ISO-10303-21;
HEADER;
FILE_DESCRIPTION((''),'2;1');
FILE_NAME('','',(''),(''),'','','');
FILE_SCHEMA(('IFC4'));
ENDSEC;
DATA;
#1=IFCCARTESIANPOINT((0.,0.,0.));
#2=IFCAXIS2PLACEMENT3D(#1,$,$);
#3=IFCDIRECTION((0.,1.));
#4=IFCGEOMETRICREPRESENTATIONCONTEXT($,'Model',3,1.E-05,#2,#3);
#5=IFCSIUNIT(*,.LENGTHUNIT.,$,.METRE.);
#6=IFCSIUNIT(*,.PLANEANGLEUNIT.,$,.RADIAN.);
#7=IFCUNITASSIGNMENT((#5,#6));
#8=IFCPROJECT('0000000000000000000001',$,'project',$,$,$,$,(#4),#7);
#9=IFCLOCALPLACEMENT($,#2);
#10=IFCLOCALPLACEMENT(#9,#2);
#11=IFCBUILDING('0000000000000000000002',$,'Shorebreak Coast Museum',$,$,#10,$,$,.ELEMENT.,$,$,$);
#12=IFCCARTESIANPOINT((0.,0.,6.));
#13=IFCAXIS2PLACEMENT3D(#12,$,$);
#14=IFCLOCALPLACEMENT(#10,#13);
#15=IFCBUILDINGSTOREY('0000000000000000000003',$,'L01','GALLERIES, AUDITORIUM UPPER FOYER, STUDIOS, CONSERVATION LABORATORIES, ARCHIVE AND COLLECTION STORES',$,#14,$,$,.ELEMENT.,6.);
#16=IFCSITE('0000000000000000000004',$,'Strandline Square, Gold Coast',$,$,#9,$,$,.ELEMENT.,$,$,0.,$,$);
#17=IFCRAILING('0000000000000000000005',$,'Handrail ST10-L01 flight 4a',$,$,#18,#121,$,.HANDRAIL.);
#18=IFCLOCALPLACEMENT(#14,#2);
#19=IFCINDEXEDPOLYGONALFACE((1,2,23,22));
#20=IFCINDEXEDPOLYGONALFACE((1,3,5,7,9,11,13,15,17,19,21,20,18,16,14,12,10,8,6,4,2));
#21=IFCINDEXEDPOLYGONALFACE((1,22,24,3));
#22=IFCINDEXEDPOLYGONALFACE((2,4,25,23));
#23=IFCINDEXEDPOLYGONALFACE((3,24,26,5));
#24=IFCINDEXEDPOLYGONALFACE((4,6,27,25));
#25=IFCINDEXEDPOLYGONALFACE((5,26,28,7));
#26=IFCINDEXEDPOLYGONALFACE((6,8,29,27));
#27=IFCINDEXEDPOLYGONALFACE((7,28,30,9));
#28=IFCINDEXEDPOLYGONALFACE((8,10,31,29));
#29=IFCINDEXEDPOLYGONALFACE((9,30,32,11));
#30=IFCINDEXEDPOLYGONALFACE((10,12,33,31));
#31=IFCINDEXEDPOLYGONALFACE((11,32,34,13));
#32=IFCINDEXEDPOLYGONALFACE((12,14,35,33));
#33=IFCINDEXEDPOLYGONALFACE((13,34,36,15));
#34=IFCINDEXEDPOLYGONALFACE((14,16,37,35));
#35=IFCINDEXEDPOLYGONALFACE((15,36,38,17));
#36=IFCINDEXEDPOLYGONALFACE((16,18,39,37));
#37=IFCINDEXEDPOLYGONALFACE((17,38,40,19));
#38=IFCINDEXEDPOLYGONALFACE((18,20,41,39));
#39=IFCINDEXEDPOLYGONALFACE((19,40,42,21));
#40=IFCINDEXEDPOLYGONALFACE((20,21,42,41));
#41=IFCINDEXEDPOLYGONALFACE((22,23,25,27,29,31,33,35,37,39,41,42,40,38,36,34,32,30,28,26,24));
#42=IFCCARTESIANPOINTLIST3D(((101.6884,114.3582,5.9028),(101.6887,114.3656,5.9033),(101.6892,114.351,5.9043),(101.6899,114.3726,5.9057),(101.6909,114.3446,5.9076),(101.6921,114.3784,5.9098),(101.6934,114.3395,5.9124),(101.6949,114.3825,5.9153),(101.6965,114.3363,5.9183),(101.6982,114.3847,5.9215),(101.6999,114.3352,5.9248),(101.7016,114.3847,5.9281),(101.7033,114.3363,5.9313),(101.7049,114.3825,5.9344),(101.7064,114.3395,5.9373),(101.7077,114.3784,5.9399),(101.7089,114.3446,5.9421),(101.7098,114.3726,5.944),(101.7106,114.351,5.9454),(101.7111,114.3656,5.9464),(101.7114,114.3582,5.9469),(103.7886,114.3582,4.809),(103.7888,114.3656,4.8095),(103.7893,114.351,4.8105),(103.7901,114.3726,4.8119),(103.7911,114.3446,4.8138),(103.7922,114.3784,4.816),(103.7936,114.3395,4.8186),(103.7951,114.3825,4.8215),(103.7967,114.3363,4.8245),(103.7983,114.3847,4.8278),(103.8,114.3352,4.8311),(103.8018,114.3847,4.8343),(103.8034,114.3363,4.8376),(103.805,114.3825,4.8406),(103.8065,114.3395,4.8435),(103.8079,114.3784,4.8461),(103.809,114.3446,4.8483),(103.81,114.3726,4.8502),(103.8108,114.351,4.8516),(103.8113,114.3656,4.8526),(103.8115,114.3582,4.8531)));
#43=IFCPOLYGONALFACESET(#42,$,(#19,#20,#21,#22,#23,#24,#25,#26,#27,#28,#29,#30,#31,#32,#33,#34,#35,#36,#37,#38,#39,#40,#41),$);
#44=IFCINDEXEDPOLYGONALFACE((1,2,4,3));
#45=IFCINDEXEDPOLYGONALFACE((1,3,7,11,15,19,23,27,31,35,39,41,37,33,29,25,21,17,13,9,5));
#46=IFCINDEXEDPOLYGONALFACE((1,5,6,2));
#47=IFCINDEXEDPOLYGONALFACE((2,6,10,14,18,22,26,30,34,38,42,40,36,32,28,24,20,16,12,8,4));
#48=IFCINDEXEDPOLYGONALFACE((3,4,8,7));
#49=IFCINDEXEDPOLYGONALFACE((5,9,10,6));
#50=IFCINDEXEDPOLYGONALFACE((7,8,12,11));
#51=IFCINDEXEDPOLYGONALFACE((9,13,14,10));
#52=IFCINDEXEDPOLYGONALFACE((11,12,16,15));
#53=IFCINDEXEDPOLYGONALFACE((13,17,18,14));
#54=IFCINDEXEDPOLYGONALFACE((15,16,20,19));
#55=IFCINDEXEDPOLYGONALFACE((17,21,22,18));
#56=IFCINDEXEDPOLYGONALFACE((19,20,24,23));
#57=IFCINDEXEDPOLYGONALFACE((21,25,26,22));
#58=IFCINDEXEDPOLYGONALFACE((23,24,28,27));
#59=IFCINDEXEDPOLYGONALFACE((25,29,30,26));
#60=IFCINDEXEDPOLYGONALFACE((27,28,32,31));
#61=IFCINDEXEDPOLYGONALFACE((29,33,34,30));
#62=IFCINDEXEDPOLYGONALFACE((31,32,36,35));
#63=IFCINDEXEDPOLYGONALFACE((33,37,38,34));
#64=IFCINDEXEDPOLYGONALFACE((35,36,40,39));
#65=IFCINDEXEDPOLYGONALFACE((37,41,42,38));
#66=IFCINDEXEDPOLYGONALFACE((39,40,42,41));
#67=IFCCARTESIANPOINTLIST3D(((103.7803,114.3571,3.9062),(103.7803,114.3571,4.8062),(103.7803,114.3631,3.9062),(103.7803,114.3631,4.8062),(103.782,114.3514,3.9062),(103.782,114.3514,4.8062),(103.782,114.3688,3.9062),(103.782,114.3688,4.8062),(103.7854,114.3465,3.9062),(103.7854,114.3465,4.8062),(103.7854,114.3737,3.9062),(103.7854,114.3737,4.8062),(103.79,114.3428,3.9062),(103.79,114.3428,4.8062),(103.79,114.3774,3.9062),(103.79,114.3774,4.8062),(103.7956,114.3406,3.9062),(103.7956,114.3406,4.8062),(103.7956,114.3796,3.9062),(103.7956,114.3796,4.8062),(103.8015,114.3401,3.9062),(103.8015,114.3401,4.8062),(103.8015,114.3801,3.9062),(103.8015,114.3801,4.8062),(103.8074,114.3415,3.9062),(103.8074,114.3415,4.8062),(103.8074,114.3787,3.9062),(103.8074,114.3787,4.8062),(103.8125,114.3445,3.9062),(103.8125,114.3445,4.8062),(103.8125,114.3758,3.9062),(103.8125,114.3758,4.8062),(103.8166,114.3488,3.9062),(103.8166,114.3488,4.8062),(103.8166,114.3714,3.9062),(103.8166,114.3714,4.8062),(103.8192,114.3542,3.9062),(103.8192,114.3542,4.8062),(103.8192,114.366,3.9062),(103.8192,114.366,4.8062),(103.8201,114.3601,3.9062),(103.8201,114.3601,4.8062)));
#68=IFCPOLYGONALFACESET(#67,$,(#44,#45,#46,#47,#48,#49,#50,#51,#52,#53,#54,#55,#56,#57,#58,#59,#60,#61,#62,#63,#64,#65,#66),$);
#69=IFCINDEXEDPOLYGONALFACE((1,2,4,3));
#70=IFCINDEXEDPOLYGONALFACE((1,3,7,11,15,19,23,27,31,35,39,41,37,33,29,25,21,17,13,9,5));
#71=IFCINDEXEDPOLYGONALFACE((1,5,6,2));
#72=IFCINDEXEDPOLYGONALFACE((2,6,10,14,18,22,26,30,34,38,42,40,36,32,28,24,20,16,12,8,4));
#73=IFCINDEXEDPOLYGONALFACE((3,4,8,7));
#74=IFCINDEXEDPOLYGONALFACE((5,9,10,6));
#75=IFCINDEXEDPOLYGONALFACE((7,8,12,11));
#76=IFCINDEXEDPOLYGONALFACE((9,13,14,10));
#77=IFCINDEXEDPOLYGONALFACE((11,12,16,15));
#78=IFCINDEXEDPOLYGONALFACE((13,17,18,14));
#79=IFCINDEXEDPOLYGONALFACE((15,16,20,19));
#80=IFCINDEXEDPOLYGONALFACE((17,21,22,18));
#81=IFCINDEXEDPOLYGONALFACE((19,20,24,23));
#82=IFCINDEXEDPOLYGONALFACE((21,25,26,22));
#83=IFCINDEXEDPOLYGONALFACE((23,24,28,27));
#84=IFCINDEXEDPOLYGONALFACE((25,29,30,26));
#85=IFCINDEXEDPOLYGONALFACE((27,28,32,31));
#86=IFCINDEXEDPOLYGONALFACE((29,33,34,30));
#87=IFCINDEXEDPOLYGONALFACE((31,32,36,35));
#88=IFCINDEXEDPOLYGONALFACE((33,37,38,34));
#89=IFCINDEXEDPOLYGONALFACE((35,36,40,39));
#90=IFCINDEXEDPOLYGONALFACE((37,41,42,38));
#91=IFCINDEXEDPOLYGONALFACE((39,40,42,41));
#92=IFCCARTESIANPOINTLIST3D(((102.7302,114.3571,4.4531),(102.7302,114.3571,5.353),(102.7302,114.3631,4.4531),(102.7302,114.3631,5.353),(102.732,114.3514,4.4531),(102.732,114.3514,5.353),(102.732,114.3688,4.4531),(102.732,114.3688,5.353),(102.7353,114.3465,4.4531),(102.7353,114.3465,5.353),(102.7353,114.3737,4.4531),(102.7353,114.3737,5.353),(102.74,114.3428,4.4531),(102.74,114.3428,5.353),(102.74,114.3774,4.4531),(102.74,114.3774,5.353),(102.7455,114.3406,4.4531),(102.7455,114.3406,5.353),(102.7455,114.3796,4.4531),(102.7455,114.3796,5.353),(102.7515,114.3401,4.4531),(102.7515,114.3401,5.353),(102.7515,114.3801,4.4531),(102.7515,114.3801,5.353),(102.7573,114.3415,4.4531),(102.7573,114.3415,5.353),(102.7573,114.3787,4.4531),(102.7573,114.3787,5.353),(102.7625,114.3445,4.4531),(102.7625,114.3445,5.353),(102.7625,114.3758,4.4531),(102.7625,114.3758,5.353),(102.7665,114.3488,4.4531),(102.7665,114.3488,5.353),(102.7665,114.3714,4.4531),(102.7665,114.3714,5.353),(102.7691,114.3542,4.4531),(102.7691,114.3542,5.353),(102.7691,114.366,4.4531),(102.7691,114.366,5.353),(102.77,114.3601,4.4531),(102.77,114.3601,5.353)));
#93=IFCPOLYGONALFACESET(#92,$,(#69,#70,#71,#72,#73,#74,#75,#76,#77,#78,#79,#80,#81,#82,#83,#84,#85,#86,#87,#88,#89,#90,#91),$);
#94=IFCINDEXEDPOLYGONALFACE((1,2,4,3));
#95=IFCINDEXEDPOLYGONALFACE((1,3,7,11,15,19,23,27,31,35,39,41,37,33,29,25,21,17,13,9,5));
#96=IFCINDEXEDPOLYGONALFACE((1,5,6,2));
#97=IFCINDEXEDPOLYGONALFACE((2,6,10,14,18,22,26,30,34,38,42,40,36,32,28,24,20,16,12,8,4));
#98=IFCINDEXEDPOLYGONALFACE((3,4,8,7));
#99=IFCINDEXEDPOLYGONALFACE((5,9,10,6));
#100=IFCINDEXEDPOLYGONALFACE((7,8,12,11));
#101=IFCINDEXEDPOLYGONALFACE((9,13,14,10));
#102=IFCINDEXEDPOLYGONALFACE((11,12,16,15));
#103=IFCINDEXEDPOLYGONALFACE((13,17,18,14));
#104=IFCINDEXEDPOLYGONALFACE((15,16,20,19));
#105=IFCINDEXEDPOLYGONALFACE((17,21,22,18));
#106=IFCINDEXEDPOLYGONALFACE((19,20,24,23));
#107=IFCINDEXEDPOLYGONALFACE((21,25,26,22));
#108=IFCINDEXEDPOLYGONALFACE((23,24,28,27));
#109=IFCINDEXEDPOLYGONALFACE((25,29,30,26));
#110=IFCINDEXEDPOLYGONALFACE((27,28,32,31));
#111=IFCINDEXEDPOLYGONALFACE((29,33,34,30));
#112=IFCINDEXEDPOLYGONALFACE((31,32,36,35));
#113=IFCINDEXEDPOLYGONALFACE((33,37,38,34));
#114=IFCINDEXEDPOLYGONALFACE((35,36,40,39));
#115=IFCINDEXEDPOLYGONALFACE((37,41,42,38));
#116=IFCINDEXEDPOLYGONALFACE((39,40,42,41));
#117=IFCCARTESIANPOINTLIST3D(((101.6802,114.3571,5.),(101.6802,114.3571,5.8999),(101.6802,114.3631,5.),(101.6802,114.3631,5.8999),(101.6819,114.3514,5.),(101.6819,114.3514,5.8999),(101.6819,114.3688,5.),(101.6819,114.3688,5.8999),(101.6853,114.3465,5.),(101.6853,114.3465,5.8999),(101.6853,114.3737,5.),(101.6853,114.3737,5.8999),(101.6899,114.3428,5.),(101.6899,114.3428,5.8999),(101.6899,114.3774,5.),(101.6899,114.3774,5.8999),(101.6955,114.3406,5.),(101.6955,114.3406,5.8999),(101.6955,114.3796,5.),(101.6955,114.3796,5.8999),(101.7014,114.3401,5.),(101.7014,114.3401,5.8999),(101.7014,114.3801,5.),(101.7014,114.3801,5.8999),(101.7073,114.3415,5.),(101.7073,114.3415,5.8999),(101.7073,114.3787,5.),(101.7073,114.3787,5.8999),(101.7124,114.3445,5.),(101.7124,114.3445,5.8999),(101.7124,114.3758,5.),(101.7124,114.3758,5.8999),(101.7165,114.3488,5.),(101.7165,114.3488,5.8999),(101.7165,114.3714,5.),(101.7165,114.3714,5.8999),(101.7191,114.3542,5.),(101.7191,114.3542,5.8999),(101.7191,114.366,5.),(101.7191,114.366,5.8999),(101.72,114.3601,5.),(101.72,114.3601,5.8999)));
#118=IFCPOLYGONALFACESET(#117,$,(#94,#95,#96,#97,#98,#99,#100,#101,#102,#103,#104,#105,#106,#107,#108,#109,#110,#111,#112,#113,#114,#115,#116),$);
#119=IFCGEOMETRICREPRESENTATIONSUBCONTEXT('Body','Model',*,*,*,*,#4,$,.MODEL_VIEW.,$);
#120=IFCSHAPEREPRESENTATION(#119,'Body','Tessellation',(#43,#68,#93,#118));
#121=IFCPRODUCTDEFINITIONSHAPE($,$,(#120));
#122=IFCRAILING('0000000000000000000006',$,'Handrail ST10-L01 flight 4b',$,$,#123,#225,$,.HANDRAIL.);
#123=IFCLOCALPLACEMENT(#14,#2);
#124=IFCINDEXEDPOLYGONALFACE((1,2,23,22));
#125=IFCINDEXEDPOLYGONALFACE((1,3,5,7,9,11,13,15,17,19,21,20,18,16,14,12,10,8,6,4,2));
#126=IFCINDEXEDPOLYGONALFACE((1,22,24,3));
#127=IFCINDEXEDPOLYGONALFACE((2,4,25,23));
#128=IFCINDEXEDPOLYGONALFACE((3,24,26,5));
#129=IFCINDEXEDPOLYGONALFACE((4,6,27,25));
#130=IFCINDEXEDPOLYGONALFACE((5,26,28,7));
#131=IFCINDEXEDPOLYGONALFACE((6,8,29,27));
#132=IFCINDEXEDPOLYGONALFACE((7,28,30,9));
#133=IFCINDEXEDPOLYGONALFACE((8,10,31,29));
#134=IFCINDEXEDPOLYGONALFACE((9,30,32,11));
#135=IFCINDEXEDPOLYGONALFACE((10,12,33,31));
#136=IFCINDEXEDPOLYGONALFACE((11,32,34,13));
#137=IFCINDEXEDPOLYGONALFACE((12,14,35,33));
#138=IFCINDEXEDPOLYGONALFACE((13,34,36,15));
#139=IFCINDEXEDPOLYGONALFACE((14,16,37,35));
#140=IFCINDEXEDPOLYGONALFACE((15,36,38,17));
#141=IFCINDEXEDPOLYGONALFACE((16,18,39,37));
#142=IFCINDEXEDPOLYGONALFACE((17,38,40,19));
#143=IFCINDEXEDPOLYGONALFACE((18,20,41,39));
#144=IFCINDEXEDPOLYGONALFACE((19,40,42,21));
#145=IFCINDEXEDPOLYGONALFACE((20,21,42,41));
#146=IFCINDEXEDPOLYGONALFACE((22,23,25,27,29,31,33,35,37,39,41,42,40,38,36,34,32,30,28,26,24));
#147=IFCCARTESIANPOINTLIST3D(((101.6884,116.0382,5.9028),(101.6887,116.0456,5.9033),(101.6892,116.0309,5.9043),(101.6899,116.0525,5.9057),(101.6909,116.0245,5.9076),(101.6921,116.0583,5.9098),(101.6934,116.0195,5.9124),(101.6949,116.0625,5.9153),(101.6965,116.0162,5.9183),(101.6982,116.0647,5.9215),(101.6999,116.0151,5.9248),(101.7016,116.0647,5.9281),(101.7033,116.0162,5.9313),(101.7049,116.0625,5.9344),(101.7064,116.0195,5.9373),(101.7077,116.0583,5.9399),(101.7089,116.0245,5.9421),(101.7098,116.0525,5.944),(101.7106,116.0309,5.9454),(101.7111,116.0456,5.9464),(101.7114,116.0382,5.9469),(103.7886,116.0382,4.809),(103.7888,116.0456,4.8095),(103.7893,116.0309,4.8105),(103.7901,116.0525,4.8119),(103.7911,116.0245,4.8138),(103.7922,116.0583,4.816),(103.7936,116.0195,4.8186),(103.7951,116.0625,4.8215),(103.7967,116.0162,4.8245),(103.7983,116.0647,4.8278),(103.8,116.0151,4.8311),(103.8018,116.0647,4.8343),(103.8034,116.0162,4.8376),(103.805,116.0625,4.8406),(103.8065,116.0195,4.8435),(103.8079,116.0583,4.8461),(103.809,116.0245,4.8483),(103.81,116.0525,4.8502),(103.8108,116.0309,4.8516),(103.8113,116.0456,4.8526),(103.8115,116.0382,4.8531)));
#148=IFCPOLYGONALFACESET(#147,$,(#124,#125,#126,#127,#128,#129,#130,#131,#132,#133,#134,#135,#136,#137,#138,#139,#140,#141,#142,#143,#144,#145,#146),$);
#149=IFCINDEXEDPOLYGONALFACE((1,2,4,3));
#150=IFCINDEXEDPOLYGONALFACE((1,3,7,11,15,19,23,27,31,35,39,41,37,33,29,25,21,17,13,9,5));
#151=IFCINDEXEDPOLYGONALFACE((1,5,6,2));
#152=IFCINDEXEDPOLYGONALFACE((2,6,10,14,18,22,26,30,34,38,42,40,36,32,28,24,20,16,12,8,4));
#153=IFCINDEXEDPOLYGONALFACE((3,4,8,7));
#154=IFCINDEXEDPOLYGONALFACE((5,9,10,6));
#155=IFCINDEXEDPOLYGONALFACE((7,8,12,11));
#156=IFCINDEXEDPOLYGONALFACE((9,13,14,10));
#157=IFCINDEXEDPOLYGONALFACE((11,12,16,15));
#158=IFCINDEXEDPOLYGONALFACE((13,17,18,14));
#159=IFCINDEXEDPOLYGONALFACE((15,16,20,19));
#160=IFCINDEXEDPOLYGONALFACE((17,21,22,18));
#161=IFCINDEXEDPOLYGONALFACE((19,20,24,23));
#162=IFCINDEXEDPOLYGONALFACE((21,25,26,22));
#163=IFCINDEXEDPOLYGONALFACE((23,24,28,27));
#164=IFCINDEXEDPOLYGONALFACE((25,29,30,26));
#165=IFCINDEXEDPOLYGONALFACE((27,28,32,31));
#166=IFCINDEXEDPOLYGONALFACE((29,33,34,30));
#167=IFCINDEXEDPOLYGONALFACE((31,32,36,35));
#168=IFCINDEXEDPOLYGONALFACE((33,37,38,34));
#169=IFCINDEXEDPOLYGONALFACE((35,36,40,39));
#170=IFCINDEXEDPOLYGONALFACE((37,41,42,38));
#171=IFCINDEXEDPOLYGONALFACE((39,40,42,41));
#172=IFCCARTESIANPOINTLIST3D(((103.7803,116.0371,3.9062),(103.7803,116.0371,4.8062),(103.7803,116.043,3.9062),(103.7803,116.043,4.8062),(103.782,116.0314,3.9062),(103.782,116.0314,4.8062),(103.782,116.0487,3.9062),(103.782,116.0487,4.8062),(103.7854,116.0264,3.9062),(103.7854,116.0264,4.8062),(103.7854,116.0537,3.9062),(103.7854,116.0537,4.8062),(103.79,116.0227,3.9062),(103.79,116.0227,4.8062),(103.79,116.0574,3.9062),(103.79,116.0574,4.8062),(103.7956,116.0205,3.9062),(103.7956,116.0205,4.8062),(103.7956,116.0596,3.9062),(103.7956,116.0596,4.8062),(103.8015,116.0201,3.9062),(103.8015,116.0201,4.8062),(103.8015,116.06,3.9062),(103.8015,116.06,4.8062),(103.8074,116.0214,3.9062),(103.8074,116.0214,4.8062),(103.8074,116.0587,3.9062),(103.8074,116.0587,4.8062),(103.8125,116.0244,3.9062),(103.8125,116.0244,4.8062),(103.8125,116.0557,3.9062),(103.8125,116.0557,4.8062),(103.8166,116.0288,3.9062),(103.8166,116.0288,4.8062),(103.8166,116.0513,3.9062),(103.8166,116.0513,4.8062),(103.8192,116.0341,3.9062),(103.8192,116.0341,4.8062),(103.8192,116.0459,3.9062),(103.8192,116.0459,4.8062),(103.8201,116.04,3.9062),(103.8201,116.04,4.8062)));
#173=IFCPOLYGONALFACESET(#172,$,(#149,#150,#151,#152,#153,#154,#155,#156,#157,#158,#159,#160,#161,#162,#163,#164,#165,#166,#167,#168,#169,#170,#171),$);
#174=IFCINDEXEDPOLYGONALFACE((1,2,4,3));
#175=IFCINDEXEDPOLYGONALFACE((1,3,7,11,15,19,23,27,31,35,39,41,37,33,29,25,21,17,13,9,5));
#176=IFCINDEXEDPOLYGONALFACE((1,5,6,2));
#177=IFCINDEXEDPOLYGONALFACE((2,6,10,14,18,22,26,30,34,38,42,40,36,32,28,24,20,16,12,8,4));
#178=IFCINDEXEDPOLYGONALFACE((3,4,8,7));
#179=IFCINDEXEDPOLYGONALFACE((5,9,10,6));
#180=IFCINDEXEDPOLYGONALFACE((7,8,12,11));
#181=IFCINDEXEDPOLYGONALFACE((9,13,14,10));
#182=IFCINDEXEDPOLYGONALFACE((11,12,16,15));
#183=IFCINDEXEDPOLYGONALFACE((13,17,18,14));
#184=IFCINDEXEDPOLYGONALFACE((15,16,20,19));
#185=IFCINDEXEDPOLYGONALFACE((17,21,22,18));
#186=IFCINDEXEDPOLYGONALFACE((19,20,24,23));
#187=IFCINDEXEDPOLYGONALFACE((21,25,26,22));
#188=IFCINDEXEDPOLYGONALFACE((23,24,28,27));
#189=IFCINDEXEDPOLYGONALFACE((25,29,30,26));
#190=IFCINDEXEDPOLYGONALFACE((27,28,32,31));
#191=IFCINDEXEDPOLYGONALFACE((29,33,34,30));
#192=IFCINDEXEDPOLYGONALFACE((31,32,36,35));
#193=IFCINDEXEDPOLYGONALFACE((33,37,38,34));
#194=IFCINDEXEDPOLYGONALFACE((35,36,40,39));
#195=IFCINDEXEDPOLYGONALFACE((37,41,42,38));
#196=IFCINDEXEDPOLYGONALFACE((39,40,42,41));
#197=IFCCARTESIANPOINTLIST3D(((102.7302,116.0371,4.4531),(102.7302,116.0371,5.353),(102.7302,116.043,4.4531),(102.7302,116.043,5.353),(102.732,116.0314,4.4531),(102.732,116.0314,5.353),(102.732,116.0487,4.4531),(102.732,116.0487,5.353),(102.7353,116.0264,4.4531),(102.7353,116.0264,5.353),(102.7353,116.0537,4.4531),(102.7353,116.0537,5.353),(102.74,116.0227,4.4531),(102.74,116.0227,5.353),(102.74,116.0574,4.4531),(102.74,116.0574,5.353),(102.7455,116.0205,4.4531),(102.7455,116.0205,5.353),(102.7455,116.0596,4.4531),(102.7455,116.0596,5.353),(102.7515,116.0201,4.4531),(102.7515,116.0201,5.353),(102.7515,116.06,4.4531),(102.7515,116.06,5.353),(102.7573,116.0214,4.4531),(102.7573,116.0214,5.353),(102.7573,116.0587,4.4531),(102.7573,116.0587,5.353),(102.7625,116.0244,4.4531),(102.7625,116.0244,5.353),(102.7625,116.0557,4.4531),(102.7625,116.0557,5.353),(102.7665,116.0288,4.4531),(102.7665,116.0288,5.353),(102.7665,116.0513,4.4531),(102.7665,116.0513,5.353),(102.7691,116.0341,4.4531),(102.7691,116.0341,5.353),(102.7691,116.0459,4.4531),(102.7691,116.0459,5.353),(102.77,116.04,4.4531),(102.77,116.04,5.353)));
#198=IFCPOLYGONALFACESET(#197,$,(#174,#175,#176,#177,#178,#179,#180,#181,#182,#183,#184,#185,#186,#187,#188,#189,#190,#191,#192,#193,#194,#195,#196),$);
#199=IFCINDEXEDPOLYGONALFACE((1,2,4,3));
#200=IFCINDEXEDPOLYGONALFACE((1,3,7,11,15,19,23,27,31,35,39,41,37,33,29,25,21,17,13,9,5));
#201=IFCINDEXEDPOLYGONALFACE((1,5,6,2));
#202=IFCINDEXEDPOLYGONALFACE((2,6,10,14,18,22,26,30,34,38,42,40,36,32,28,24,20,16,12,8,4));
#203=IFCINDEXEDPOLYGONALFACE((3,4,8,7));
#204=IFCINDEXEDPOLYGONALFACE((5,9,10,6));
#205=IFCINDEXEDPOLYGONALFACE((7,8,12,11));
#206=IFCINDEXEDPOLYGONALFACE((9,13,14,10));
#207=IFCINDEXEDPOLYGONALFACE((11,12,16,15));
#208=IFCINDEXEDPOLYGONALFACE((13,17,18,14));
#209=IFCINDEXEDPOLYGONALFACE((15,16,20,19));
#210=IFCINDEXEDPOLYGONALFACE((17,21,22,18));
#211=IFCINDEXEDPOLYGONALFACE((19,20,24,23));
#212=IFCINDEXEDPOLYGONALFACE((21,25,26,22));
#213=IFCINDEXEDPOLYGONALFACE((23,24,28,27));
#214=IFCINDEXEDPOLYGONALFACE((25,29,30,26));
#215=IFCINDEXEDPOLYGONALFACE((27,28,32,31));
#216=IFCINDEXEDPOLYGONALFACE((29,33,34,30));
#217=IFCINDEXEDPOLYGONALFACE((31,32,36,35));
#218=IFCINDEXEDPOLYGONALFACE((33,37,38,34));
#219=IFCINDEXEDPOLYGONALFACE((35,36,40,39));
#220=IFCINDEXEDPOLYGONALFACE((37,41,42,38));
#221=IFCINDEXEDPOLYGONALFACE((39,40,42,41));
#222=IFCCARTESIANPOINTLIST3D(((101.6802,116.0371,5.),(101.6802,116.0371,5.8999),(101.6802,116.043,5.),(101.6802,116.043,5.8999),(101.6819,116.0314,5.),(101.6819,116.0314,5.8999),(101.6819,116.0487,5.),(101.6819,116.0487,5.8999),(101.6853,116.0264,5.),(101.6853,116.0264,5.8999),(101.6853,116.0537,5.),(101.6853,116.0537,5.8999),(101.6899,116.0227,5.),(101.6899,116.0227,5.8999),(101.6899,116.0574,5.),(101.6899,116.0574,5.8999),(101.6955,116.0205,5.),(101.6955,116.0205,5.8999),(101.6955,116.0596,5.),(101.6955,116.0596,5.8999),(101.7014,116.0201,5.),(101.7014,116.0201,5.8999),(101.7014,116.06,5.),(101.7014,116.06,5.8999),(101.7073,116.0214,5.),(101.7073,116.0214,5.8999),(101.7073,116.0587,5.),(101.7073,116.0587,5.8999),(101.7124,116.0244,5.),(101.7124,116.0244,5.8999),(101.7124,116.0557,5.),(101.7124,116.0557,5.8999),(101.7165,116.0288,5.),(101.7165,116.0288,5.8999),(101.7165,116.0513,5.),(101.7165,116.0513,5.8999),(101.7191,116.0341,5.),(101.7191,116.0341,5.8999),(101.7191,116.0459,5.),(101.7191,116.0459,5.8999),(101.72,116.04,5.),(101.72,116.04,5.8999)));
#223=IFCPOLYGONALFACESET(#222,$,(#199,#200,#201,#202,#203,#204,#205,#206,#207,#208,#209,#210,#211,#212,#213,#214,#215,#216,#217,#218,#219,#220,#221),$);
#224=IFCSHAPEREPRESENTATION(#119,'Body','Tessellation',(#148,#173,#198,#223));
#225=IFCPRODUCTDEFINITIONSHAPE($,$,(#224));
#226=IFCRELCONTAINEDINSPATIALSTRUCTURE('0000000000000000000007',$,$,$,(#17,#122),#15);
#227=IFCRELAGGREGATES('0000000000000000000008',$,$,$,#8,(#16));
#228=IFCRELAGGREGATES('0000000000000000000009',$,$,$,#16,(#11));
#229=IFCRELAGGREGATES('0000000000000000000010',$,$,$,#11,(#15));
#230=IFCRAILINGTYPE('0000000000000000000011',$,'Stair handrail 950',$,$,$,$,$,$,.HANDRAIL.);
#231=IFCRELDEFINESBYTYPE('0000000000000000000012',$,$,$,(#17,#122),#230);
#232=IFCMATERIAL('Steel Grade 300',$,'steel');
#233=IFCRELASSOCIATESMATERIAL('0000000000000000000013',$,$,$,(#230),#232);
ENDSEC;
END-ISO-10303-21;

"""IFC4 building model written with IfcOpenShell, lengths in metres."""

from ifc_helpers import new_model, si_unit, direction, frame, origin, origin_2d, place, context, subcontext, project, spatial, circle, extrude, material, type_object, element, save


model = new_model("IFC4")

# Units and contexts
model_context = context("Model", 3, precision=1e-05, world=origin(), true_north=direction((0.0, 1.0)))
body_context = subcontext(model_context, "Body", "Model", "MODEL_VIEW")
ifc_project = project(units=[si_unit("LENGTHUNIT", "METRE"), si_unit("PLANEANGLEUNIT", "RADIAN")], contexts=[model_context])

# Site, building, storey
site_placement = place(None, origin())
site = spatial("IfcSite", under=ifc_project, at=site_placement, Name="Strandline Square, Gold Coast", CompositionType="ELEMENT", RefElevation=0.0)
building_placement = place(site_placement, origin())
building = spatial("IfcBuilding", under=site, at=building_placement, Name="Shorebreak Coast Museum", CompositionType="ELEMENT")
storey_placement = place(building_placement, frame((0.0, 0.0, 6.0)))
storey = spatial("IfcBuildingStorey", under=building, at=storey_placement, Name="L01", Description="GALLERIES, AUDITORIUM UPPER FOYER, STUDIOS, CONSERVATION LABORATORIES, ARCHIVE AND COLLECTION STORES", CompositionType="ELEMENT", Elevation=6.0)

# Railings
ifc_material_1 = material(Name="Steel Grade 300", Category="steel")
railing_type_1 = type_object("IfcRailingType", Name="Stair handrail 950", PredefinedType="HANDRAIL", material=ifc_material_1)
for number, where, name in (
    (1, (103.8, 114.3601, 3.9062), "Handrail ST10-L01 flight 4a"),
    (2, (103.8, 116.04, 3.9062), "Handrail ST10-L01 flight 4b"),
):
    element("IfcRailing", number, at=place(storey_placement, frame(where)), inside=storey, type_object=railing_type_1, Name=name, PredefinedType="HANDRAIL", context=body_context, shape_type="SweptSolid", body=[
        extrude(circle(Radius=0.0249, at=origin_2d()), frame((0.0, 0.0, 0.9248), z_axis=(-0.886923, 0.0, 0.461918), x_axis=(0.0, -1.0, 0.0)), (0.0, 0.0, 1.0), 2.3679),
        extrude(circle(Radius=0.02, at=origin_2d()), origin(), (0.0, 0.0, 1.0), 0.8999),
        extrude(circle(Radius=0.02, at=origin_2d()), frame((-1.05, 0.0, 0.5469)), (0.0, 0.0, 1.0), 0.8999),
        extrude(circle(Radius=0.02, at=origin_2d()), frame((-2.1001, 0.0, 1.0938)), (0.0, 0.0, 1.0), 0.8999),
    ])

save(model, "model.ifc")
